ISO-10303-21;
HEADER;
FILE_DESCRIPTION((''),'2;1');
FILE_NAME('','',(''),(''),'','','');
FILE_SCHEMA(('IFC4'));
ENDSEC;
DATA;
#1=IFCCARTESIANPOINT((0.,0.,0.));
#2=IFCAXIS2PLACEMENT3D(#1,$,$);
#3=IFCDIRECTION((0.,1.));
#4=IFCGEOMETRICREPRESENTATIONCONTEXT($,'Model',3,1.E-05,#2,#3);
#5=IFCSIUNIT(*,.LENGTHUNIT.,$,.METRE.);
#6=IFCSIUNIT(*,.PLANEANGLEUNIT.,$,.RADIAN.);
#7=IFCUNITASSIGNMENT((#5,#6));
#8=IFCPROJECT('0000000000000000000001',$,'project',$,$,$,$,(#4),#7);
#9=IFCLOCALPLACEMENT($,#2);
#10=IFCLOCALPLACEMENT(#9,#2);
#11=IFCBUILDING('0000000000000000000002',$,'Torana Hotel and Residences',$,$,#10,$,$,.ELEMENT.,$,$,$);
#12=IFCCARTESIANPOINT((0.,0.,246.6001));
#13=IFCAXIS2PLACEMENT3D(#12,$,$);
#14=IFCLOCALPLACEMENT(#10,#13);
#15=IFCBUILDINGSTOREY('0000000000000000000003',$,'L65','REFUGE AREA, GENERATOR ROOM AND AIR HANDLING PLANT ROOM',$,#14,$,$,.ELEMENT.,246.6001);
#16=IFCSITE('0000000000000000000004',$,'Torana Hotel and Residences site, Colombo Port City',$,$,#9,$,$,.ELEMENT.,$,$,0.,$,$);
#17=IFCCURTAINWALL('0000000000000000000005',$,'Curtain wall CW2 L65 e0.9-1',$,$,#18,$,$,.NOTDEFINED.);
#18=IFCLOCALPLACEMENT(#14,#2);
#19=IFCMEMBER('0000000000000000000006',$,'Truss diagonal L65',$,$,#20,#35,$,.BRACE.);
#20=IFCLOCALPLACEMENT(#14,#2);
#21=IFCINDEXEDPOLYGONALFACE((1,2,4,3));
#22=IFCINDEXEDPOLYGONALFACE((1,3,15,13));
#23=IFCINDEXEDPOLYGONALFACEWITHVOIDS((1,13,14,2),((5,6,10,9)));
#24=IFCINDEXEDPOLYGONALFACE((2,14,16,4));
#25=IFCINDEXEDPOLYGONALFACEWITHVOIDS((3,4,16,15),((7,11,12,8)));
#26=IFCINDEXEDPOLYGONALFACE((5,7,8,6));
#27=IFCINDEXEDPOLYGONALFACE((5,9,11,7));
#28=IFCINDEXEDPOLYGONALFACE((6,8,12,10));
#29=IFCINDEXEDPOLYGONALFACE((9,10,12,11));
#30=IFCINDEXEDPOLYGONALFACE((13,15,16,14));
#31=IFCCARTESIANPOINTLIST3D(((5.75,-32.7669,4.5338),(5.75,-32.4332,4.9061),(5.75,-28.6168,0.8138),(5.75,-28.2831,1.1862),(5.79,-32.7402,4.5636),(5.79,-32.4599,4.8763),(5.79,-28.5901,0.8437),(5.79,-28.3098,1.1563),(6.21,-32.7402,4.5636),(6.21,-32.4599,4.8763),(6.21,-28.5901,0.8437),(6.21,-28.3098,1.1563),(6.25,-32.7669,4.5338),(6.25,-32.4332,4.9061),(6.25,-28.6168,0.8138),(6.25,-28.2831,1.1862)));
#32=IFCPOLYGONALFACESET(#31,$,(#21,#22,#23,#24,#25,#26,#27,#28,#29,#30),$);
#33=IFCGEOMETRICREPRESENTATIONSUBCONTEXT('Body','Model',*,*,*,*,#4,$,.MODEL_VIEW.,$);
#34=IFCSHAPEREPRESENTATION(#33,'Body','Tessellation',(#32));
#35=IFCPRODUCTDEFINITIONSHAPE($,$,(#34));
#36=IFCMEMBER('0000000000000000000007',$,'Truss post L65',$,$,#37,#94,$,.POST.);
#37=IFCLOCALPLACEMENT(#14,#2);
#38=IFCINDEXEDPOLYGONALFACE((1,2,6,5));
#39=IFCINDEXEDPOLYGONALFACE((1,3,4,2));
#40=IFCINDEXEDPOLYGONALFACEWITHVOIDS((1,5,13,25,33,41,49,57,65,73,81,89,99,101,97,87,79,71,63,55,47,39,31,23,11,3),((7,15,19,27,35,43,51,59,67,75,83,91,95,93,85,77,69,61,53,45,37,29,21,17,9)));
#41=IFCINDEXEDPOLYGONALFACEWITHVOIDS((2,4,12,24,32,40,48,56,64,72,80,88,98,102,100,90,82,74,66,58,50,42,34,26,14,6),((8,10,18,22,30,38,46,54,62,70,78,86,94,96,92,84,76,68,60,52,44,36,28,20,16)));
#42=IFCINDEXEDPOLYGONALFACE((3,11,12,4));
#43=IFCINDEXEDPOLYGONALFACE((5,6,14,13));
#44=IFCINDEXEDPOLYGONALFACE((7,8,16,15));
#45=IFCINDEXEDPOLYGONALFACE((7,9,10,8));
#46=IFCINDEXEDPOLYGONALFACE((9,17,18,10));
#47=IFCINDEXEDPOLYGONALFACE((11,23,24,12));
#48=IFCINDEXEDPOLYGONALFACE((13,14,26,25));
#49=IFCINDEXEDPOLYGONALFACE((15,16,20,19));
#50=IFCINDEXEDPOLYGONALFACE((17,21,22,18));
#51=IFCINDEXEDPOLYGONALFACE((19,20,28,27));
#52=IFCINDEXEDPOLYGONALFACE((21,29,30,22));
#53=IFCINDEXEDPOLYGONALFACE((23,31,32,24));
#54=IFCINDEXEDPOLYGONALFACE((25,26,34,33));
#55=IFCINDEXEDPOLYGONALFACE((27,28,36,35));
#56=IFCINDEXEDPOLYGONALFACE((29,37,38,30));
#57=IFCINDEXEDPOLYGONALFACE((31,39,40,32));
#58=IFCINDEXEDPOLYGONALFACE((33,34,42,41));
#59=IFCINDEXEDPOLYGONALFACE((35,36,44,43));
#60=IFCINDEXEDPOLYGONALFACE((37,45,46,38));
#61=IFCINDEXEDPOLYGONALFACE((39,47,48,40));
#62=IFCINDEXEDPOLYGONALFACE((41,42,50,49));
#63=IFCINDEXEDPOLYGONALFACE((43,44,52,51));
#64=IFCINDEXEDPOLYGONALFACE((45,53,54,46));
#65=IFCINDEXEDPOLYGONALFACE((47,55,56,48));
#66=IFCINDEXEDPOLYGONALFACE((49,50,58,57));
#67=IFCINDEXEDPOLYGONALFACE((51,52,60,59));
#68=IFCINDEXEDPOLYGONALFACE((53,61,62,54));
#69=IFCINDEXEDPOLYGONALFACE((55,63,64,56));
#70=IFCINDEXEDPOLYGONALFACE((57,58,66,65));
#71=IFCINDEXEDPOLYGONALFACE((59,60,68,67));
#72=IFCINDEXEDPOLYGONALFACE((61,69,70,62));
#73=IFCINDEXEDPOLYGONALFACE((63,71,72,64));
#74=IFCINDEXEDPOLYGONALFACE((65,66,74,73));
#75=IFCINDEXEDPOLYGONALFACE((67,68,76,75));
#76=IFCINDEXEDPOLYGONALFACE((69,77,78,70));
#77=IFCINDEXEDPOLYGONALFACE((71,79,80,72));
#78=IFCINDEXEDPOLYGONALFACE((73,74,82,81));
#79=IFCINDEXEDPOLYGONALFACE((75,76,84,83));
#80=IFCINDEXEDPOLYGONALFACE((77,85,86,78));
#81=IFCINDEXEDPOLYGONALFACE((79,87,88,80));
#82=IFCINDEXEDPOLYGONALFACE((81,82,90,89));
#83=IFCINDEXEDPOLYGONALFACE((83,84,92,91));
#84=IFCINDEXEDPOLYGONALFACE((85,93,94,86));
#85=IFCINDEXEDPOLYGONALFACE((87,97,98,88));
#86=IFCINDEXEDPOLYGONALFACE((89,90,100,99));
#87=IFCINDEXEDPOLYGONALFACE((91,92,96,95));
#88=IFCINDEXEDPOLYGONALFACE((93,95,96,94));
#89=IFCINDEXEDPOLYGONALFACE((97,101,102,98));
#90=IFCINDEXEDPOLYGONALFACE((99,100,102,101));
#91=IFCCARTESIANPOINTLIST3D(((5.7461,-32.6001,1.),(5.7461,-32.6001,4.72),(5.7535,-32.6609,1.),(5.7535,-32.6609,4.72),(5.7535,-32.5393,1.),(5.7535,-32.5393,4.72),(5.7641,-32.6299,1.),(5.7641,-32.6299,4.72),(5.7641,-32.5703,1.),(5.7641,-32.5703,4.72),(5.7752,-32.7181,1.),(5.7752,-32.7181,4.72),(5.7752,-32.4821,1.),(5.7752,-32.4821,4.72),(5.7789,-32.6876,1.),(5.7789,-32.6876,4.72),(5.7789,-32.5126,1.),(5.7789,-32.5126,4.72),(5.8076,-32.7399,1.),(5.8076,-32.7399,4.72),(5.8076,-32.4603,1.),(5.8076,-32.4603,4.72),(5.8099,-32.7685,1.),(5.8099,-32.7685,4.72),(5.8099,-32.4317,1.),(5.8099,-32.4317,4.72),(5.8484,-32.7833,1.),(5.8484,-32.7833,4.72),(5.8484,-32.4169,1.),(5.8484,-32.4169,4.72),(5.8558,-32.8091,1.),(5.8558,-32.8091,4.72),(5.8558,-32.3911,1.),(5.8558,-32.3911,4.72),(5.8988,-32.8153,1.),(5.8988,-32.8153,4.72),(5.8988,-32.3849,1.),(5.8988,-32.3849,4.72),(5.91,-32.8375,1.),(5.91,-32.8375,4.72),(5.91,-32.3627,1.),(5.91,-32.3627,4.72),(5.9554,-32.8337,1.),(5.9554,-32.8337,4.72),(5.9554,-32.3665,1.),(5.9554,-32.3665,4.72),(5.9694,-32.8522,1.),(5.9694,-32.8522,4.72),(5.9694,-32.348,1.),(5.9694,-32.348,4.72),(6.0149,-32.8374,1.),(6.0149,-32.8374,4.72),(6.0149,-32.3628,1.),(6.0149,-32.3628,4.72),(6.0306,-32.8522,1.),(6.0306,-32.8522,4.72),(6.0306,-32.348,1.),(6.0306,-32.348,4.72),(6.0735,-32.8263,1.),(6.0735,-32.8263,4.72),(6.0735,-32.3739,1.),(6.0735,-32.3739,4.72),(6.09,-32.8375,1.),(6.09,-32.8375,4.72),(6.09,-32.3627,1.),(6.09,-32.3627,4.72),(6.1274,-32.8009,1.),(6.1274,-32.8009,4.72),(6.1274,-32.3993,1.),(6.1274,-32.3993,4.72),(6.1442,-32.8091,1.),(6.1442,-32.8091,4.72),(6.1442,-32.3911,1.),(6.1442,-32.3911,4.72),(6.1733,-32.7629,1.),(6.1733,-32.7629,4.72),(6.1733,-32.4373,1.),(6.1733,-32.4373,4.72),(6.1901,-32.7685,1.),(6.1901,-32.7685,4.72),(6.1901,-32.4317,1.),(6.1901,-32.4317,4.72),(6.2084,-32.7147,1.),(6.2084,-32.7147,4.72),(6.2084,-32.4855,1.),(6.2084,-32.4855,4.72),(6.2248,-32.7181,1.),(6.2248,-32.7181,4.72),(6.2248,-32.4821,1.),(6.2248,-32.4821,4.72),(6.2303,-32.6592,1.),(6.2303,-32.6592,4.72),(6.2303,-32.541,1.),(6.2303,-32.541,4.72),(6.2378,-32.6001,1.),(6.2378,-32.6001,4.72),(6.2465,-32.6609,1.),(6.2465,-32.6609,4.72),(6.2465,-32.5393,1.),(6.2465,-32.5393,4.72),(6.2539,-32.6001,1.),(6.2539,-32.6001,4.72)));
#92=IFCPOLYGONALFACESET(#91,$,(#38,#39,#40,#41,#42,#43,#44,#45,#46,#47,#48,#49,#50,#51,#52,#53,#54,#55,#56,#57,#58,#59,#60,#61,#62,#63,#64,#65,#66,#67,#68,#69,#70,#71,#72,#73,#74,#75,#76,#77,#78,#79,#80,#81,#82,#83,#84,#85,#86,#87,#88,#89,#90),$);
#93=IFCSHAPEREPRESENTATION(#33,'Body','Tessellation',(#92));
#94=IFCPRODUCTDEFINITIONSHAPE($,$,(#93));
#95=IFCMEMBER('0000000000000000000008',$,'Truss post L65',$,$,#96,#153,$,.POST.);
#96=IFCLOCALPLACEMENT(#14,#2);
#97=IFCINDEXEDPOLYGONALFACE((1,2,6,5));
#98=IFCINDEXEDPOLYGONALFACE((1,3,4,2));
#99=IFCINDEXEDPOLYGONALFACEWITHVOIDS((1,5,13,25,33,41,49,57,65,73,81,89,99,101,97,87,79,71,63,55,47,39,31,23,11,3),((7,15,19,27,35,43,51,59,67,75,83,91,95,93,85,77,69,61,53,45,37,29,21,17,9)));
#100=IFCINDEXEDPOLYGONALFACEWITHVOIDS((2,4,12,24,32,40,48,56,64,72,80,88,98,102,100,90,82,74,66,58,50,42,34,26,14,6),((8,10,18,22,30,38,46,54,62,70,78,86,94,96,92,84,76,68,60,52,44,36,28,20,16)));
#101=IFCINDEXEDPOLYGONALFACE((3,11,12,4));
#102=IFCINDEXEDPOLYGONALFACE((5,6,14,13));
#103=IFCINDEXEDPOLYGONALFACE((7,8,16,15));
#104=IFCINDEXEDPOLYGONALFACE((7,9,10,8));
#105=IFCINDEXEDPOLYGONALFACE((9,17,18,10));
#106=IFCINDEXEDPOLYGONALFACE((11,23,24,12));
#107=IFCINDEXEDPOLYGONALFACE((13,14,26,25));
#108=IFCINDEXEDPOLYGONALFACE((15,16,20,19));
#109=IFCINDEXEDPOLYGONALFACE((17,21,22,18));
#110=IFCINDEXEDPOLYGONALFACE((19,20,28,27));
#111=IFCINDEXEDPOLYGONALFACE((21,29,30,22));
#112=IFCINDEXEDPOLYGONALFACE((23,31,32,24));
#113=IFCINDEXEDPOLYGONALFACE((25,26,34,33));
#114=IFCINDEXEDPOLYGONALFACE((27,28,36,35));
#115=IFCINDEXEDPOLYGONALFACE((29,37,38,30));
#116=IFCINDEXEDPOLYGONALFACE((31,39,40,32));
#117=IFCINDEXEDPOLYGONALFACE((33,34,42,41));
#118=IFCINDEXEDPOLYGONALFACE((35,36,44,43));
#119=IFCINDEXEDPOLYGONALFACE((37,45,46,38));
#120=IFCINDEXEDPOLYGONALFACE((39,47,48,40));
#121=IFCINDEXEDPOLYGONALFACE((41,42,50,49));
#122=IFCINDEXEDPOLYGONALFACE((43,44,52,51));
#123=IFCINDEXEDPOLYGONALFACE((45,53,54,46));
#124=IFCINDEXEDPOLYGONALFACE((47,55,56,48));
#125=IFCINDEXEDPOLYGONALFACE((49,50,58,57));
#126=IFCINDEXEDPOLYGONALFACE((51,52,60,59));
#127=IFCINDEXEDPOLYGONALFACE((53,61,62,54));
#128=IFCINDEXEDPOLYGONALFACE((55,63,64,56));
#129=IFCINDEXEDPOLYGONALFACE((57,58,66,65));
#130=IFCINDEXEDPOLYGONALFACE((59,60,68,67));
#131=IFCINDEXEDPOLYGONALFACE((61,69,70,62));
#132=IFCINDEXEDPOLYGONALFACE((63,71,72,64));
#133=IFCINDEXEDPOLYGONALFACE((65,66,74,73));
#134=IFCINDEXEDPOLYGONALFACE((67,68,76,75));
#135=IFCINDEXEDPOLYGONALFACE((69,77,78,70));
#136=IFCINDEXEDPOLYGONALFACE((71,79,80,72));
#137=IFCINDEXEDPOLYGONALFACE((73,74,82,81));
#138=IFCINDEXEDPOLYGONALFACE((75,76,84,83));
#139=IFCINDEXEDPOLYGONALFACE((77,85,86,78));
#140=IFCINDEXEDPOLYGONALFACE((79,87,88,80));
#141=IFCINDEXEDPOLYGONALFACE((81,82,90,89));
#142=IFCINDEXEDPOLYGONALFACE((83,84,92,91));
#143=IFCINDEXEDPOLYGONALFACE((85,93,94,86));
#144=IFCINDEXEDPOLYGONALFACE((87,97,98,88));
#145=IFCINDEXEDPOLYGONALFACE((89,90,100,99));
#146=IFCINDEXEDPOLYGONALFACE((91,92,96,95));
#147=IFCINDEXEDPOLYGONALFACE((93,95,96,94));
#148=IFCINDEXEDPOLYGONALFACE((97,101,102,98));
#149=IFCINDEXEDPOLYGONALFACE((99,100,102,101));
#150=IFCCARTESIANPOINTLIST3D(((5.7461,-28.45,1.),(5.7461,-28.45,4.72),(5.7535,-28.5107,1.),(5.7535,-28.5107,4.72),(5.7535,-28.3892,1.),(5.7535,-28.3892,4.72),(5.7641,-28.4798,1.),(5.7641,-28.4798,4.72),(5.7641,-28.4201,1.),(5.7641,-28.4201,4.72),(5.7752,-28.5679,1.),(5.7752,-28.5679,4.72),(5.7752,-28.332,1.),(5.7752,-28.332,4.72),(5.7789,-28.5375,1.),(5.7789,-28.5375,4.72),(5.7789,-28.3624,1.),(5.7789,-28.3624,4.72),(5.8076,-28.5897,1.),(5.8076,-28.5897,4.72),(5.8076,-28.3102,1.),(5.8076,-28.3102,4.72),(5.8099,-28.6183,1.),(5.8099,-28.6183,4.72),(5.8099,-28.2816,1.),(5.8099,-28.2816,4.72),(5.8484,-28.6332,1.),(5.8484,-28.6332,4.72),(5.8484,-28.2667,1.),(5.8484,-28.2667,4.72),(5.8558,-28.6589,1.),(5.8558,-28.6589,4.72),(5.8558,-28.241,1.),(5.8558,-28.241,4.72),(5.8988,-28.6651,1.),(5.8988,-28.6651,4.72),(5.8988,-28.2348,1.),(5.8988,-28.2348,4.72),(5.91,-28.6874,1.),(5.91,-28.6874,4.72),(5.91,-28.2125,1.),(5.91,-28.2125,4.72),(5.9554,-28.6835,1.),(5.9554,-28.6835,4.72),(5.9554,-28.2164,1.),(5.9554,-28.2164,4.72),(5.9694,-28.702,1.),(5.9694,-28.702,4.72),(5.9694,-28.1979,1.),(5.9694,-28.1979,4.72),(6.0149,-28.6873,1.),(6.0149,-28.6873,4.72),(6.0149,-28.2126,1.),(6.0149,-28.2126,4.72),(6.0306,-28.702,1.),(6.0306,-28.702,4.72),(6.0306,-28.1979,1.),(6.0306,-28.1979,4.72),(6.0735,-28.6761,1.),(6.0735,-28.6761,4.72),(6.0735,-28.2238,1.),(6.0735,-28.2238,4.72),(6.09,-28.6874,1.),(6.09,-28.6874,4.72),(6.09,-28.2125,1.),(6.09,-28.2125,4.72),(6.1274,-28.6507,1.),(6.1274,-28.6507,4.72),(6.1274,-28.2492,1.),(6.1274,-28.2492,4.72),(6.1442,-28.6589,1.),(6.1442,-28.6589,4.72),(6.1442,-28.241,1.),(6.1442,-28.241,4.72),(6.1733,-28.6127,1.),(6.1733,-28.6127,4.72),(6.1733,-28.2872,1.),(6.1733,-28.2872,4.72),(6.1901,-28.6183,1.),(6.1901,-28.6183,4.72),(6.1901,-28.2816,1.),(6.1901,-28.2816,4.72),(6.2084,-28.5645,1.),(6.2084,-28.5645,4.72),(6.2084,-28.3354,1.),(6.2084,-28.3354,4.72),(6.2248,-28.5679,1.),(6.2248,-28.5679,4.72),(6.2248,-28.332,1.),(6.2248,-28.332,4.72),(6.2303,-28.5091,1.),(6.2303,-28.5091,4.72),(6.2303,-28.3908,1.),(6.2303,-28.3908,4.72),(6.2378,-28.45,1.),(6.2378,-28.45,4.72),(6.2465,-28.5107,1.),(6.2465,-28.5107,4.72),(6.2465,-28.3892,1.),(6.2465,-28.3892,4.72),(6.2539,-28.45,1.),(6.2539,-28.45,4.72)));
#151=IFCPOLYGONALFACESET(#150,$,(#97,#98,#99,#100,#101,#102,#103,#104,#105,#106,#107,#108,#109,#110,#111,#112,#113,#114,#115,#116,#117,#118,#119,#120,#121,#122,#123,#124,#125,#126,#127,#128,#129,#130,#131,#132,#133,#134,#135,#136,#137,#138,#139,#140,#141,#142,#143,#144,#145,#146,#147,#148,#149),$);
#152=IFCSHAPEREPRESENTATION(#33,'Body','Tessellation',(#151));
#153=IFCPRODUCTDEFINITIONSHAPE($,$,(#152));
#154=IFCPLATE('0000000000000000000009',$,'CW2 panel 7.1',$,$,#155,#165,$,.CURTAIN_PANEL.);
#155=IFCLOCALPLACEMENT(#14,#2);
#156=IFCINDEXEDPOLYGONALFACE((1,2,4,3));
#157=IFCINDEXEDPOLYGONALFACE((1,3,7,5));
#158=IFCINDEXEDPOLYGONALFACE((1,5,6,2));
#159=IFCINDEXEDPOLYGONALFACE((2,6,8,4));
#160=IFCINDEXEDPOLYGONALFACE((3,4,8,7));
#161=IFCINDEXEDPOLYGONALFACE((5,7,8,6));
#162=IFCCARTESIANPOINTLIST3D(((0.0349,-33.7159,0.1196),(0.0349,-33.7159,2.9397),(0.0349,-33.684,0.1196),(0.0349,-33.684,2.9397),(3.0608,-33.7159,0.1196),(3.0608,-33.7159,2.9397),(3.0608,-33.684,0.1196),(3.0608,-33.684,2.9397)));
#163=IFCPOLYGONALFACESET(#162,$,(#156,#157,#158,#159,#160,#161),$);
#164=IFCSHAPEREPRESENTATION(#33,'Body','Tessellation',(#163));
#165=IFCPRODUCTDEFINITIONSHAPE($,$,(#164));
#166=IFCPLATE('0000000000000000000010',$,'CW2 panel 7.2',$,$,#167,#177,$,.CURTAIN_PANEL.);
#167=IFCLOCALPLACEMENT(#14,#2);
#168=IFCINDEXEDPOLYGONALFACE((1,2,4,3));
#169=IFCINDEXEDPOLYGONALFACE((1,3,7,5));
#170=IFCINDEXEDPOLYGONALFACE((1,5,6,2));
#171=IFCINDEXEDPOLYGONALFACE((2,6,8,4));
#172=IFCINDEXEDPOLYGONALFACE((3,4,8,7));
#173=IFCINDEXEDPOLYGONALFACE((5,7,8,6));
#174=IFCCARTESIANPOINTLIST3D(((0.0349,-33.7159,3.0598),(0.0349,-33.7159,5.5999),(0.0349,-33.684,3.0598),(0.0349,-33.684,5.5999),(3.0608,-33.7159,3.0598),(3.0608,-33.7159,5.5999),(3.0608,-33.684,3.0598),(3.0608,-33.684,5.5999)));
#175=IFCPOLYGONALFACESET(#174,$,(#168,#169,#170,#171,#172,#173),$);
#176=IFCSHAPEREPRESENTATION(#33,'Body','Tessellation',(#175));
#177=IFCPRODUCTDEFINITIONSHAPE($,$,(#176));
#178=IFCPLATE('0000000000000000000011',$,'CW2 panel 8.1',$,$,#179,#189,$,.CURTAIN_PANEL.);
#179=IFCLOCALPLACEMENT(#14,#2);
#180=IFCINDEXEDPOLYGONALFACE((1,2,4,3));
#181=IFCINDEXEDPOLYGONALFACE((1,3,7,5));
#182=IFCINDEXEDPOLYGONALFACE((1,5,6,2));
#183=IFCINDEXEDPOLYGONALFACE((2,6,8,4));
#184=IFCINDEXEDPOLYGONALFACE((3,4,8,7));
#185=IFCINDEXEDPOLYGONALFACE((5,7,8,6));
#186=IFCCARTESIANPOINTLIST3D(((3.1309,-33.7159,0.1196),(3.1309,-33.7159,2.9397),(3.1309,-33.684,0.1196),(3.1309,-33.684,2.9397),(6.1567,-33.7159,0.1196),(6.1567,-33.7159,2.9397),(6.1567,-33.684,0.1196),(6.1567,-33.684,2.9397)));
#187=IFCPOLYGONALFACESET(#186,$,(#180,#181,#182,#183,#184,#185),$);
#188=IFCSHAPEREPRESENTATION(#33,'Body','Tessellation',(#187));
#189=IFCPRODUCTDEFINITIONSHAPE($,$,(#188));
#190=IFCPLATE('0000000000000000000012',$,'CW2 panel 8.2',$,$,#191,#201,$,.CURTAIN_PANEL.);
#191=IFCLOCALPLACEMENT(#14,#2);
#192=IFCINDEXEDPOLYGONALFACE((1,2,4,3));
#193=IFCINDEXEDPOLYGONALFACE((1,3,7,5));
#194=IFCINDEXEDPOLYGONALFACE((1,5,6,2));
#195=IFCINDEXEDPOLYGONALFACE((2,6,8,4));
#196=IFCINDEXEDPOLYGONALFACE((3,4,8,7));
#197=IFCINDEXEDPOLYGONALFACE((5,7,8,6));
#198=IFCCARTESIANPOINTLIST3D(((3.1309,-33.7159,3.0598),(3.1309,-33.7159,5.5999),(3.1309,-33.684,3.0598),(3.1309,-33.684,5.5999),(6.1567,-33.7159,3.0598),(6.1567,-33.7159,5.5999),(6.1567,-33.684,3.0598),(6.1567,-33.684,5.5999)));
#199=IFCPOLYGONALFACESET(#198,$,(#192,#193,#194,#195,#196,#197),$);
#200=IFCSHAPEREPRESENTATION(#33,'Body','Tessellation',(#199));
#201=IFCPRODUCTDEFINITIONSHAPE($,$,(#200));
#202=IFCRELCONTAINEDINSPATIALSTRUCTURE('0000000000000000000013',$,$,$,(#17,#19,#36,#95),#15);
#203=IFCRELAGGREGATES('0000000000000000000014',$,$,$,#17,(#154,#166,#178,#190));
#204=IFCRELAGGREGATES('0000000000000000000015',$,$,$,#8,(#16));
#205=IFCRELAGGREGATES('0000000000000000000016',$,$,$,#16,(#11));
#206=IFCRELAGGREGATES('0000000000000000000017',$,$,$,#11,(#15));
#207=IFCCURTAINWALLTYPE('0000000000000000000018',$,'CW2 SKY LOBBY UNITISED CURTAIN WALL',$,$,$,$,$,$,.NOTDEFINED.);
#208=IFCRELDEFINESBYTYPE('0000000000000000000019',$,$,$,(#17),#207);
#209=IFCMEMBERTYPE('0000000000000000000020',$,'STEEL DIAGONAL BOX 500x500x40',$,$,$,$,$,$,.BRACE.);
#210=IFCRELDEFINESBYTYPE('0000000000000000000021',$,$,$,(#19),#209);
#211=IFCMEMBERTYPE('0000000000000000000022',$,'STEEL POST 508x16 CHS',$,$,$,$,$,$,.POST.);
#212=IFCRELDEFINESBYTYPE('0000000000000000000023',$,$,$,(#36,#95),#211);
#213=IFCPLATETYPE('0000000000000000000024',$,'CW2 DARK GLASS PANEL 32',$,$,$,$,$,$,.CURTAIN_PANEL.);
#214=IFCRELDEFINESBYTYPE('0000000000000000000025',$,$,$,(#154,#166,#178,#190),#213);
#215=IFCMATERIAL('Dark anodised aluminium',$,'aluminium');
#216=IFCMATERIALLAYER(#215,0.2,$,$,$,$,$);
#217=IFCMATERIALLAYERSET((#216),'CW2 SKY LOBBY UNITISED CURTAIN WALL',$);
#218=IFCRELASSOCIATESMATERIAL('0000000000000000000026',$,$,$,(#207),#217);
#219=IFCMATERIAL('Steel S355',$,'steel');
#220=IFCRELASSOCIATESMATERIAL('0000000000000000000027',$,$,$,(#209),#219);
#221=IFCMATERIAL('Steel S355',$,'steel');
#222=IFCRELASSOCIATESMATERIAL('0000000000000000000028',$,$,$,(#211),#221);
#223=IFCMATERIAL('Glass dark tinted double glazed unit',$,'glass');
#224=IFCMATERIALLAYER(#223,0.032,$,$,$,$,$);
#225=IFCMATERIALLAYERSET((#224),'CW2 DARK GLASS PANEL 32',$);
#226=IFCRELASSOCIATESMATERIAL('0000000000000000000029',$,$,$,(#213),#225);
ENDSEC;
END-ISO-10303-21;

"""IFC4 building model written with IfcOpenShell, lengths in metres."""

from ifc_helpers import new_model, si_unit, direction, frame, origin, origin_2d, place, context, subcontext, project, spatial, rectangle, hollow_rectangle, hollow_circle, extrude, material, layer, layer_set, material_profile, profile_set, type_object, element, aggregate, save


model = new_model("IFC4")

# Units and contexts
model_context = context("Model", 3, precision=1e-05, world=origin(), true_north=direction((0.0, 1.0)))
body_context = subcontext(model_context, "Body", "Model", "MODEL_VIEW")
ifc_project = project(units=[si_unit("LENGTHUNIT", "METRE"), si_unit("PLANEANGLEUNIT", "RADIAN")], contexts=[model_context])

# Site, building, storey
site_placement = place(None, origin())
site = spatial("IfcSite", under=ifc_project, at=site_placement, Name="Torana Hotel and Residences site, Colombo Port City", CompositionType="ELEMENT", RefElevation=0.0)
building_placement = place(site_placement, origin())
building = spatial("IfcBuilding", under=site, at=building_placement, Name="Torana Hotel and Residences", CompositionType="ELEMENT")
storey_placement = place(building_placement, frame((0.0, 0.0, 246.6001)))
storey = spatial("IfcBuildingStorey", under=building, at=storey_placement, Name="L65", Description="REFUGE AREA, GENERATOR ROOM AND AIR HANDLING PLANT ROOM", CompositionType="ELEMENT", Elevation=246.6001)

# Curtain wall
ifc_material_1 = material(Name="Dark anodised aluminium", Category="aluminium")
ifc_layer_1 = layer(ifc_material_1, 0.2)
ifc_layer_set_1 = layer_set([ifc_layer_1], Name="CW2 SKY LOBBY UNITISED CURTAIN WALL")
curtain_wall_type = type_object("IfcCurtainWallType", Name="CW2 SKY LOBBY UNITISED CURTAIN WALL", PredefinedType="NOTDEFINED", material=ifc_layer_set_1)
curtain_wall_placement = place(storey_placement, origin())
curtain_wall = element("IfcCurtainWall", 1, at=curtain_wall_placement, inside=storey, type_object=curtain_wall_type, Name="Curtain wall CW2 L65 e0.9-1", PredefinedType="NOTDEFINED")

# Members
ifc_material_2 = material(Name="Steel S355", Category="steel")
ifc_material_profile_1 = material_profile(ifc_material_2, hollow_rectangle(XDim=0.5, YDim=0.5, WallThickness=0.04, at=origin_2d()), Name="BOX 500x500x40")
ifc_profile_set_1 = profile_set([ifc_material_profile_1], Name="Steel S355")
member_type_1 = type_object("IfcMemberType", Name="STEEL DIAGONAL BOX 500x500x40", PredefinedType="BRACE", material=ifc_profile_set_1)
for number, where, z_axis, x_axis, name in (
    (2, (6.0, -28.45, 1.0), (0.0, -0.744645, 0.66746), (1.0, 0.0, 0.0), "Truss diagonal L65"),
):
    element("IfcMember", number, at=place(storey_placement, frame(where, z_axis=z_axis, x_axis=x_axis)), inside=storey, type_object=member_type_1, Name=name, PredefinedType="BRACE", context=body_context, shape_type="SweptSolid", body=[
        extrude(hollow_rectangle(XDim=0.5, YDim=0.5, WallThickness=0.04, at=origin_2d()), origin(), (0.0, 0.0, 1.0), 5.5732),
    ])
ifc_material_3 = material(Name="Steel S355", Category="steel")
ifc_material_profile_2 = material_profile(ifc_material_3, hollow_circle(Radius=0.2539, WallThickness=0.0161, at=origin_2d()), Name="508x16 CHS")
ifc_profile_set_2 = profile_set([ifc_material_profile_2], Name="Steel S355")
member_type_2 = type_object("IfcMemberType", Name="STEEL POST 508x16 CHS", PredefinedType="POST", material=ifc_profile_set_2)
for number, where, z_axis, x_axis, name in (
    (3, (6.0, -32.6001, 1.0), (0.0, 0.0, 1.0), (1.0, 0.0, 0.0), "Truss post L65"),
    (4, (6.0, -28.45, 1.0), (0.0, 0.0, 1.0), (1.0, 0.0, 0.0), "Truss post L65"),
):
    element("IfcMember", number, at=place(storey_placement, frame(where, z_axis=z_axis, x_axis=x_axis)), inside=storey, type_object=member_type_2, Name=name, PredefinedType="POST", context=body_context, shape_type="SweptSolid", body=[
        extrude(hollow_circle(Radius=0.2539, WallThickness=0.0161, at=origin_2d()), origin(), (0.0, 0.0, 1.0), 3.72),
    ])

# Plates
ifc_material_4 = material(Name="Glass dark tinted double glazed unit", Category="glass")
ifc_layer_2 = layer(ifc_material_4, 0.032)
ifc_layer_set_2 = layer_set([ifc_layer_2], Name="CW2 DARK GLASS PANEL 32")
plate_type = type_object("IfcPlateType", Name="CW2 DARK GLASS PANEL 32", PredefinedType="CURTAIN_PANEL", material=ifc_layer_set_2)
plate_1_placement = place(storey_placement, frame((1.5479, -33.7, 0.1196), z_axis=(0.0, 0.0, 1.0), x_axis=(1.0, 0.0, 0.0)))
plate_1 = element("IfcPlate", 5, at=plate_1_placement, type_object=plate_type, Name="CW2 panel 7.1", PredefinedType="CURTAIN_PANEL", context=body_context, shape_type="SweptSolid", body=[
    extrude(rectangle(XDim=3.0259, YDim=0.032, at=origin_2d()), origin(), (0.0, 0.0, 1.0), 2.8201),
])
plate_2_placement = place(storey_placement, frame((1.5479, -33.7, 3.0598), z_axis=(0.0, 0.0, 1.0), x_axis=(1.0, 0.0, 0.0)))
plate_2 = element("IfcPlate", 6, at=plate_2_placement, type_object=plate_type, Name="CW2 panel 7.2", PredefinedType="CURTAIN_PANEL", context=body_context, shape_type="SweptSolid", body=[
    extrude(rectangle(XDim=3.0259, YDim=0.032, at=origin_2d()), origin(), (0.0, 0.0, 1.0), 2.54),
])
plate_3_placement = place(storey_placement, frame((4.6438, -33.7, 0.1196), z_axis=(0.0, 0.0, 1.0), x_axis=(1.0, 0.0, 0.0)))
plate_3 = element("IfcPlate", 7, at=plate_3_placement, type_object=plate_type, Name="CW2 panel 8.1", PredefinedType="CURTAIN_PANEL", context=body_context, shape_type="SweptSolid", body=[
    extrude(rectangle(XDim=3.0259, YDim=0.032, at=origin_2d()), origin(), (0.0, 0.0, 1.0), 2.8201),
])
plate_4_placement = place(storey_placement, frame((4.6438, -33.7, 3.0598), z_axis=(0.0, 0.0, 1.0), x_axis=(1.0, 0.0, 0.0)))
plate_4 = element("IfcPlate", 8, at=plate_4_placement, type_object=plate_type, Name="CW2 panel 8.2", PredefinedType="CURTAIN_PANEL", context=body_context, shape_type="SweptSolid", body=[
    extrude(rectangle(XDim=3.0259, YDim=0.032, at=origin_2d()), origin(), (0.0, 0.0, 1.0), 2.54),
])
aggregate(curtain_wall, [plate_1, plate_2, plate_3, plate_4])

save(model, "model.ifc")
